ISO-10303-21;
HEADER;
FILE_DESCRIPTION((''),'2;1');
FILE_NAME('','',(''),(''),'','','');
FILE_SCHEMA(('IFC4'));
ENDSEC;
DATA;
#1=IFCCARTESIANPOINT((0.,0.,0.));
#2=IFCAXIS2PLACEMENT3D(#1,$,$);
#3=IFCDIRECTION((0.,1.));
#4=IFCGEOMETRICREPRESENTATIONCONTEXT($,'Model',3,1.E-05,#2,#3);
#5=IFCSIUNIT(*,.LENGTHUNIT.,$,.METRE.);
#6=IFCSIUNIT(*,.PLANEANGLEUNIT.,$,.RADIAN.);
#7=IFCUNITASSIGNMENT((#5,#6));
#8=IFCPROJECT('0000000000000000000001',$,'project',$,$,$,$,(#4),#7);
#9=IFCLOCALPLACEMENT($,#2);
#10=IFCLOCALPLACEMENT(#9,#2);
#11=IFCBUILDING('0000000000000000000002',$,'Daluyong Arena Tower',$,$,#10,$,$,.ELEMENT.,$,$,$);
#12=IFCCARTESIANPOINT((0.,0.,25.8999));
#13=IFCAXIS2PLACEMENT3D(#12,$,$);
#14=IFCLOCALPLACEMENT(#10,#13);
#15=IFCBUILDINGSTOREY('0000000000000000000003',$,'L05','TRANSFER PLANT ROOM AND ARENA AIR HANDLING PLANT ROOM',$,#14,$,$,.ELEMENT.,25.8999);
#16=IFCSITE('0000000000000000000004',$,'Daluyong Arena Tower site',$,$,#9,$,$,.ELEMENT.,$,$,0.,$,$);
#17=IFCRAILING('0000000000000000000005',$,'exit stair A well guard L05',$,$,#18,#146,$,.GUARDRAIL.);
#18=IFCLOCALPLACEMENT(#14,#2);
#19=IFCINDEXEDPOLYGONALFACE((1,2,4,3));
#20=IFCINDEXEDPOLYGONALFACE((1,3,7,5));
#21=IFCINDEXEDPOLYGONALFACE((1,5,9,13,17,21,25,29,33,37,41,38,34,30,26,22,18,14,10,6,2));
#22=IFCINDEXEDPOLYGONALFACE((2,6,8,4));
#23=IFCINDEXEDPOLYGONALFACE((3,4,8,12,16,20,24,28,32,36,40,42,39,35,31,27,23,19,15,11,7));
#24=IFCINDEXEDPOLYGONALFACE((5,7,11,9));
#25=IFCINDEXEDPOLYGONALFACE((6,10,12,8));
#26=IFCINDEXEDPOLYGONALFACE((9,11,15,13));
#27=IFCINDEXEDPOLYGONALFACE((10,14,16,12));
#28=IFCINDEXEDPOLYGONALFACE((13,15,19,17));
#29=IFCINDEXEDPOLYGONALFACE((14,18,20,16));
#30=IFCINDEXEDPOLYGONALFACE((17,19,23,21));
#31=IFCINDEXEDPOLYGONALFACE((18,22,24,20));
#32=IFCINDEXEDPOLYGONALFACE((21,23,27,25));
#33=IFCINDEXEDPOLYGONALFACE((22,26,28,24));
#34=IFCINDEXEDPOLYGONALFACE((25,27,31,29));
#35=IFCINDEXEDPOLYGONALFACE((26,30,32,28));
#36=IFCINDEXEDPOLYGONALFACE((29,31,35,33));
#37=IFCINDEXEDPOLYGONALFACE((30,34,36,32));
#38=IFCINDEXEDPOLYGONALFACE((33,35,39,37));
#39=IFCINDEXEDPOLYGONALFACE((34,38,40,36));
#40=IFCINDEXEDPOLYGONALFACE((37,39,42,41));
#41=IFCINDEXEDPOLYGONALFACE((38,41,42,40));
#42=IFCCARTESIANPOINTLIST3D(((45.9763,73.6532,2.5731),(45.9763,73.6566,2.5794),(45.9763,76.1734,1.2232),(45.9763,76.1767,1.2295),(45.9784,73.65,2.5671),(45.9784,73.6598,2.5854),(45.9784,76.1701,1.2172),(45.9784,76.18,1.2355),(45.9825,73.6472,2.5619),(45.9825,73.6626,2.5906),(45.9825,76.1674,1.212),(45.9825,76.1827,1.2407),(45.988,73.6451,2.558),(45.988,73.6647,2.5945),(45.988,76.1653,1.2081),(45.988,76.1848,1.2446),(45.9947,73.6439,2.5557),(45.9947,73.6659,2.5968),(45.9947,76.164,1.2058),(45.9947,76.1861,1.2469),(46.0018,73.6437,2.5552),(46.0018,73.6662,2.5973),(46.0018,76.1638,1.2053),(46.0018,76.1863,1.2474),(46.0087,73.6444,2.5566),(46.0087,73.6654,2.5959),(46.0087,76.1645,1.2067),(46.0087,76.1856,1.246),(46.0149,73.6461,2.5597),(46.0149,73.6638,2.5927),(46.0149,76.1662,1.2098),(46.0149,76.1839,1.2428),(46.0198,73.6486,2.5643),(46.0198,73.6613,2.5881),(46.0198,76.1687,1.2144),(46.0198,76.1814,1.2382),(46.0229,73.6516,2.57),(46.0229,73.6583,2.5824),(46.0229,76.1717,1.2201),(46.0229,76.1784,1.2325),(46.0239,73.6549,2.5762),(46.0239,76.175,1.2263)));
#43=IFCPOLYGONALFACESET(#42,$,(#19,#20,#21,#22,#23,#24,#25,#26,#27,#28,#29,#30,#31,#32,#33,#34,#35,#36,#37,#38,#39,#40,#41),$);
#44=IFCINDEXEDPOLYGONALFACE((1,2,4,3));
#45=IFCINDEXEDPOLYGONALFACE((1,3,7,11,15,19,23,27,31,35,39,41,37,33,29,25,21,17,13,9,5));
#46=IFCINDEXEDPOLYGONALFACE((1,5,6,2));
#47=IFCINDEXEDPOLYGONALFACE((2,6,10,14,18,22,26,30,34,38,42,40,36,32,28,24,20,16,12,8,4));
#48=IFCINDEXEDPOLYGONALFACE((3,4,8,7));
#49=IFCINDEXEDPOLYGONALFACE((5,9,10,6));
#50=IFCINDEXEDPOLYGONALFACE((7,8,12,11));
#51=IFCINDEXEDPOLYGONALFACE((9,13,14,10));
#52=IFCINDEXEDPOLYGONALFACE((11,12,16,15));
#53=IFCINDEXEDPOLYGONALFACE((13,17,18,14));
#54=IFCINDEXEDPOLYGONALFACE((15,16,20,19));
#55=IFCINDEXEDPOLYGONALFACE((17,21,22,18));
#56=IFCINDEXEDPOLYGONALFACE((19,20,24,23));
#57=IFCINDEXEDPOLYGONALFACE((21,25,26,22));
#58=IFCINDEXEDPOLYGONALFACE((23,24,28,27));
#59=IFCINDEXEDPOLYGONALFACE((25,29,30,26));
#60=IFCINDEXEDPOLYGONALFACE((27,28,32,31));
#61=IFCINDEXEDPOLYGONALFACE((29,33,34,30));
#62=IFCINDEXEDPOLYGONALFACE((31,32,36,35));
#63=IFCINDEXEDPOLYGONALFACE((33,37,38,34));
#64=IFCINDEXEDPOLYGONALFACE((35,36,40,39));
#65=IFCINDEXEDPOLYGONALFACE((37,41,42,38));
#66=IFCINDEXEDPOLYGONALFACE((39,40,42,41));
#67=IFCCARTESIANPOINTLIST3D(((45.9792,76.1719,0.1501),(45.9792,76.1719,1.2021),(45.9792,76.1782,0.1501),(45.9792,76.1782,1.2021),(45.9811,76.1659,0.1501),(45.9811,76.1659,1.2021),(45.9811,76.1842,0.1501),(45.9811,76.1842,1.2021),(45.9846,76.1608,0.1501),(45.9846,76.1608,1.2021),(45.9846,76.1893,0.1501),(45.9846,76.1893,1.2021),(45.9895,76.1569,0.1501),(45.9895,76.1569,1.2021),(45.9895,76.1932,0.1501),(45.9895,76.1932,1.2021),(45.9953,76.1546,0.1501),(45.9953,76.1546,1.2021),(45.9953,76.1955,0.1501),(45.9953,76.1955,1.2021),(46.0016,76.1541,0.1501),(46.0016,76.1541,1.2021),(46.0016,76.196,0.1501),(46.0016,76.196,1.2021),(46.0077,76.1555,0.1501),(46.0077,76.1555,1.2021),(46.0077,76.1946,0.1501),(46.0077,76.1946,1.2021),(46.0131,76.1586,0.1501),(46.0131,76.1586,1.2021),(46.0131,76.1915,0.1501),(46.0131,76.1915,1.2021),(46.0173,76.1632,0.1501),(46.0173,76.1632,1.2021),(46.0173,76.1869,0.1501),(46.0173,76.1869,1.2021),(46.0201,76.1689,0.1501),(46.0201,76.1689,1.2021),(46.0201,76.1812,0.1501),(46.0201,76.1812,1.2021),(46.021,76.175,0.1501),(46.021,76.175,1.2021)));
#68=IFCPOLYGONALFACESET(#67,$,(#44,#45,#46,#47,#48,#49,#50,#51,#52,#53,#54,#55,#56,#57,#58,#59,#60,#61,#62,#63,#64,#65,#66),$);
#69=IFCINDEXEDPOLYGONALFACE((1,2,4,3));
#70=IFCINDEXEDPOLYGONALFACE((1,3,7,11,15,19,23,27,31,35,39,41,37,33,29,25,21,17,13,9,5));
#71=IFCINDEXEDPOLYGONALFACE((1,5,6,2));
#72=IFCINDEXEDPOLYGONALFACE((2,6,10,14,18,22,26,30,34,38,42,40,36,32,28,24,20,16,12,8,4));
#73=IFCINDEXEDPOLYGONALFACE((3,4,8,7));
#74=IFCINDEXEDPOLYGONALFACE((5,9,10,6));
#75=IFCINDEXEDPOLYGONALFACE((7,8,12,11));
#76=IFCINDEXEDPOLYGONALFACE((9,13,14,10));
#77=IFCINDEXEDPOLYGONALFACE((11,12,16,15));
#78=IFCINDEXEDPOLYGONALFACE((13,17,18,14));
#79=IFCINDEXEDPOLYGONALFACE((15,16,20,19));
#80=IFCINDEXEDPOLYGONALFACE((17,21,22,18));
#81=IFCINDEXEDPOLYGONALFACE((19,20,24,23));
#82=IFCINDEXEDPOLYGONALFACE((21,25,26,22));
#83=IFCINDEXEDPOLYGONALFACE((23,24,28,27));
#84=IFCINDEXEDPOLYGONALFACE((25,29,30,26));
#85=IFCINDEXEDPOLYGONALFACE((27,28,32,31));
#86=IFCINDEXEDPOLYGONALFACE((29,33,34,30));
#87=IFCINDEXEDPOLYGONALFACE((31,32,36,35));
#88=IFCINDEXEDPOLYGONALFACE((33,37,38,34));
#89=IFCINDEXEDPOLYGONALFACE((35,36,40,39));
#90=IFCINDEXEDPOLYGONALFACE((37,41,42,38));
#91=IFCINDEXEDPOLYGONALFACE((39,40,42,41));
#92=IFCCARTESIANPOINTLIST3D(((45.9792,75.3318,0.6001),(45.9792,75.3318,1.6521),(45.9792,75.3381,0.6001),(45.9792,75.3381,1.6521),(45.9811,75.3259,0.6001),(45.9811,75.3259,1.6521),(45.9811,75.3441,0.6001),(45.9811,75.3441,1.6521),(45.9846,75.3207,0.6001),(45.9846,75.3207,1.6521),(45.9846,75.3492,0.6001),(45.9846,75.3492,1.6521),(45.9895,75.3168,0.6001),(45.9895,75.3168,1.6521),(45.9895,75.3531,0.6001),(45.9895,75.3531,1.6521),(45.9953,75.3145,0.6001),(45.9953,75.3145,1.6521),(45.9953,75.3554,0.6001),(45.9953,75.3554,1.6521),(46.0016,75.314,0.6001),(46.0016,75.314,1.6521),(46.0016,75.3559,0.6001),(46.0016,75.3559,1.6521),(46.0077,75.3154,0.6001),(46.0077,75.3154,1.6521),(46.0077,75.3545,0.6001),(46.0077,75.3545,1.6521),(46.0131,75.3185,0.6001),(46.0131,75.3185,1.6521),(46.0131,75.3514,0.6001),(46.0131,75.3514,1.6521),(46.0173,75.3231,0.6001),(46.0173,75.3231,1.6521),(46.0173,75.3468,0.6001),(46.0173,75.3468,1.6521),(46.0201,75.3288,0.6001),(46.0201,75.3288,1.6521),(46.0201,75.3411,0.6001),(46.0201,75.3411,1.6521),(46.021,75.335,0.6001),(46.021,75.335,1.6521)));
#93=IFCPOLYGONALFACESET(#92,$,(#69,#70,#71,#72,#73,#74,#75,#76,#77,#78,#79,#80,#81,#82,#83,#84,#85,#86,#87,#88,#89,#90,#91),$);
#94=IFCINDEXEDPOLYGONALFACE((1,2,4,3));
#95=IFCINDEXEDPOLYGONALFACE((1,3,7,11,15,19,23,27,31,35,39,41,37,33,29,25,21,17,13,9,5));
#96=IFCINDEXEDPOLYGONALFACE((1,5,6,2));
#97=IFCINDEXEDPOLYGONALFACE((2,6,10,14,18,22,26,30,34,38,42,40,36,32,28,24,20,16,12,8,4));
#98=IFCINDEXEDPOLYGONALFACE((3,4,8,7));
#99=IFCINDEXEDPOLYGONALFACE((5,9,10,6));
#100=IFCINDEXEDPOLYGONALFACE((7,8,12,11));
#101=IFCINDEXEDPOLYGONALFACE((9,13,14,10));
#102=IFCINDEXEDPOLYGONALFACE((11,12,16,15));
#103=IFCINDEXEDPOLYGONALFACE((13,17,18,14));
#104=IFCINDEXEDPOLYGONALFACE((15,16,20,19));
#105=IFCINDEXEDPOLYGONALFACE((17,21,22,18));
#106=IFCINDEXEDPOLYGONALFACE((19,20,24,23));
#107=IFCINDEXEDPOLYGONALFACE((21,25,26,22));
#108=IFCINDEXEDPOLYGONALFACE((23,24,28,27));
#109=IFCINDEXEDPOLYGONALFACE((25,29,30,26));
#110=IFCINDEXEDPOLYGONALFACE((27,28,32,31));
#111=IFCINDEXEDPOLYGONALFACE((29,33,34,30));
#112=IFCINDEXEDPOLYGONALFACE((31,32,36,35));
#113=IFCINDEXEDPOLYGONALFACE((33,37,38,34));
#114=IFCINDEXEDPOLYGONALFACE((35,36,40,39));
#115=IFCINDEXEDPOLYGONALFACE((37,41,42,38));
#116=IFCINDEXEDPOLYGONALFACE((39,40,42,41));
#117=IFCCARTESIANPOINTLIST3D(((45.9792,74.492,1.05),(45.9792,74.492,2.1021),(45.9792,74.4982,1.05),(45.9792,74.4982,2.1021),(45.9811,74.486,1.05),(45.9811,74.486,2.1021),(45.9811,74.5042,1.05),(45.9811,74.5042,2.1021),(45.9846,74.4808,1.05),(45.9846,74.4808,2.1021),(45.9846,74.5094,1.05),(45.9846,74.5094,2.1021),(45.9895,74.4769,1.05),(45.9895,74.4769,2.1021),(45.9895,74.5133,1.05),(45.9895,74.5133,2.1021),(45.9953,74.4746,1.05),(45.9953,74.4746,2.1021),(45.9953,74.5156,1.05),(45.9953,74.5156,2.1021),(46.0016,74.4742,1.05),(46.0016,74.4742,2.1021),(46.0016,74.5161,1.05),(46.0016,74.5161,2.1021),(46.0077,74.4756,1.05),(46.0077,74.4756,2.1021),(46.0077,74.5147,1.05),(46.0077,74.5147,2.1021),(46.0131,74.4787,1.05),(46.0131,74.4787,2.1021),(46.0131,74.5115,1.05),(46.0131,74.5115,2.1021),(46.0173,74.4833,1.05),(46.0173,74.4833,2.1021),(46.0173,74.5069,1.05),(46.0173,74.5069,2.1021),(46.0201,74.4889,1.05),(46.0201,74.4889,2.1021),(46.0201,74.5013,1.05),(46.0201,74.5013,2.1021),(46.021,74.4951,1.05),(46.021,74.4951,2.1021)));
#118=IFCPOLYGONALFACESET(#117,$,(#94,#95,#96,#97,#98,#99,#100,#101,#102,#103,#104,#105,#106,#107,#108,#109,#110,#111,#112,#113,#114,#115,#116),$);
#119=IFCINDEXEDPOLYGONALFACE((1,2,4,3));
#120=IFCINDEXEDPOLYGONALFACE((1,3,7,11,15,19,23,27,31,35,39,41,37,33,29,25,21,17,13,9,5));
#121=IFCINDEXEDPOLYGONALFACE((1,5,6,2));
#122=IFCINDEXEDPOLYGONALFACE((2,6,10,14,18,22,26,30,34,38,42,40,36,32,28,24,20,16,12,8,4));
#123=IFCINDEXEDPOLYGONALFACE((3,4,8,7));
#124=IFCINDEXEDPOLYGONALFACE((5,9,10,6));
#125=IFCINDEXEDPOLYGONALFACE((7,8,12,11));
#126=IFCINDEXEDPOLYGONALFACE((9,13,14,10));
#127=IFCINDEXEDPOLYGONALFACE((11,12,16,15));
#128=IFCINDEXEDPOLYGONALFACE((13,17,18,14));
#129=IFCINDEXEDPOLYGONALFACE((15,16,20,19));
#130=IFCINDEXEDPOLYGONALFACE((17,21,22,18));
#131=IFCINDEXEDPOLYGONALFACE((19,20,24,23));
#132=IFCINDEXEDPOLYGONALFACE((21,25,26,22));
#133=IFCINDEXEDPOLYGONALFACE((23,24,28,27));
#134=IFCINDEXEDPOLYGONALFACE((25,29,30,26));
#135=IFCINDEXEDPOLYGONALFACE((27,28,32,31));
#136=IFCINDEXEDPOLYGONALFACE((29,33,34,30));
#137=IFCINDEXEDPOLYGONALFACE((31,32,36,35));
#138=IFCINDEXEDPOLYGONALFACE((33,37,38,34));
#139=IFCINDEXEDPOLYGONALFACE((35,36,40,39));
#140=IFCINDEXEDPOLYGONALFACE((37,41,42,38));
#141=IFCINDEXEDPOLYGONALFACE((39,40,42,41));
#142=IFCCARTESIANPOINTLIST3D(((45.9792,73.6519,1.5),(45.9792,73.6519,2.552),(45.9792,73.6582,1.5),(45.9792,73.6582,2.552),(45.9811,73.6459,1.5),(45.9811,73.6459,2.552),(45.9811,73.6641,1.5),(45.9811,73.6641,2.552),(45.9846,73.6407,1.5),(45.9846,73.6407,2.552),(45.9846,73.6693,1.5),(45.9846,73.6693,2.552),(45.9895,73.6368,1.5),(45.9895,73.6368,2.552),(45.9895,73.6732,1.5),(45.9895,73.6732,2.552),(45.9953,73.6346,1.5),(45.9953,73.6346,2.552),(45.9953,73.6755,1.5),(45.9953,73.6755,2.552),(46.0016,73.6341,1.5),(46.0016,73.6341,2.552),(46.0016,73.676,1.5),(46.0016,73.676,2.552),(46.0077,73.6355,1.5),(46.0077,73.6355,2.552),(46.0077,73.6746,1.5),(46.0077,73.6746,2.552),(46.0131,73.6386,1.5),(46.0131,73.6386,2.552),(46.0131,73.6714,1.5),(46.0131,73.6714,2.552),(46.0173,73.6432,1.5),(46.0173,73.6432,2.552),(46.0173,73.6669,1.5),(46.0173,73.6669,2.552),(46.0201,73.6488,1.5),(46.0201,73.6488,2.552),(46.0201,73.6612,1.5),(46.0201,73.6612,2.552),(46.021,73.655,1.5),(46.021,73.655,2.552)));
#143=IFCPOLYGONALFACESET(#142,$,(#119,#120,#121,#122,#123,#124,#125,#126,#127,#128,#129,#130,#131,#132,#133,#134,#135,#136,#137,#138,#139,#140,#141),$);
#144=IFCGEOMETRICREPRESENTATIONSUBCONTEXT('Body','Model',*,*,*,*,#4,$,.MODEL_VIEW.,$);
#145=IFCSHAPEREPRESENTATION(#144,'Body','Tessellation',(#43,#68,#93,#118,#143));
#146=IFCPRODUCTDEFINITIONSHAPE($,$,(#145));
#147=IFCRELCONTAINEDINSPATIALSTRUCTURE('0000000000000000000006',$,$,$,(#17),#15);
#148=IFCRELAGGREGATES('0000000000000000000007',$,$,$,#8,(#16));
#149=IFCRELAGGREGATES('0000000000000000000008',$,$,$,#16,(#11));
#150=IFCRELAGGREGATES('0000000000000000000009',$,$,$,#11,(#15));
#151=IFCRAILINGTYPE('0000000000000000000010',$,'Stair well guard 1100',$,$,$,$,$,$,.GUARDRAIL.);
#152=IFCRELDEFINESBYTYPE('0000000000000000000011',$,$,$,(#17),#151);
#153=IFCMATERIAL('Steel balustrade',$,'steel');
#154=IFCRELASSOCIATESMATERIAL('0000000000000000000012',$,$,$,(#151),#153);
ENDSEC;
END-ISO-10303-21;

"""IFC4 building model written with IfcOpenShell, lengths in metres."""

from ifc_helpers import new_model, si_unit, direction, frame, origin, origin_2d, place, context, subcontext, project, spatial, circle, extrude, material, type_object, element, save


model = new_model("IFC4")

# Units and contexts
model_context = context("Model", 3, precision=1e-05, world=origin(), true_north=direction((0.0, 1.0)))
body_context = subcontext(model_context, "Body", "Model", "MODEL_VIEW")
ifc_project = project(units=[si_unit("LENGTHUNIT", "METRE"), si_unit("PLANEANGLEUNIT", "RADIAN")], contexts=[model_context])

# Site, building, storey
site_placement = place(None, origin())
site = spatial("IfcSite", under=ifc_project, at=site_placement, Name="Daluyong Arena Tower site", CompositionType="ELEMENT", RefElevation=0.0)
building_placement = place(site_placement, origin())
building = spatial("IfcBuilding", under=site, at=building_placement, Name="Daluyong Arena Tower", CompositionType="ELEMENT")
storey_placement = place(building_placement, frame((0.0, 0.0, 25.8999)))
storey = spatial("IfcBuildingStorey", under=building, at=storey_placement, Name="L05", Description="TRANSFER PLANT ROOM AND ARENA AIR HANDLING PLANT ROOM", CompositionType="ELEMENT", Elevation=25.8999)

# Railing
ifc_material_1 = material(Name="Steel balustrade", Category="steel")
railing_type_1 = type_object("IfcRailingType", Name="Stair well guard 1100", PredefinedType="GUARDRAIL", material=ifc_material_1)
railing_1_placement = place(storey_placement, frame((46.0, 76.175, 0.1501)))
element("IfcRailing", 1, at=railing_1_placement, inside=storey, type_object=railing_type_1, Name="exit stair A well guard L05", PredefinedType="GUARDRAIL", context=body_context, shape_type="SweptSolid", body=[
    extrude(circle(Radius=0.0239, at=origin_2d()), frame((0.0, 0.0, 1.0762), z_axis=(0.0, -0.881503, 0.472179), x_axis=(1.0, 0.0, 0.0)), (0.0, 0.0, 1.0), 2.8589),
    extrude(circle(Radius=0.021, at=origin_2d()), origin(), (0.0, 0.0, 1.0), 1.052),
    extrude(circle(Radius=0.021, at=origin_2d()), frame((0.0, -0.8401, 0.45)), (0.0, 0.0, 1.0), 1.052),
    extrude(circle(Radius=0.021, at=origin_2d()), frame((0.0, -1.6799, 0.8999)), (0.0, 0.0, 1.0), 1.052),
    extrude(circle(Radius=0.021, at=origin_2d()), frame((0.0, -2.52, 1.3499)), (0.0, 0.0, 1.0), 1.052),
])

save(model, "model.ifc")
